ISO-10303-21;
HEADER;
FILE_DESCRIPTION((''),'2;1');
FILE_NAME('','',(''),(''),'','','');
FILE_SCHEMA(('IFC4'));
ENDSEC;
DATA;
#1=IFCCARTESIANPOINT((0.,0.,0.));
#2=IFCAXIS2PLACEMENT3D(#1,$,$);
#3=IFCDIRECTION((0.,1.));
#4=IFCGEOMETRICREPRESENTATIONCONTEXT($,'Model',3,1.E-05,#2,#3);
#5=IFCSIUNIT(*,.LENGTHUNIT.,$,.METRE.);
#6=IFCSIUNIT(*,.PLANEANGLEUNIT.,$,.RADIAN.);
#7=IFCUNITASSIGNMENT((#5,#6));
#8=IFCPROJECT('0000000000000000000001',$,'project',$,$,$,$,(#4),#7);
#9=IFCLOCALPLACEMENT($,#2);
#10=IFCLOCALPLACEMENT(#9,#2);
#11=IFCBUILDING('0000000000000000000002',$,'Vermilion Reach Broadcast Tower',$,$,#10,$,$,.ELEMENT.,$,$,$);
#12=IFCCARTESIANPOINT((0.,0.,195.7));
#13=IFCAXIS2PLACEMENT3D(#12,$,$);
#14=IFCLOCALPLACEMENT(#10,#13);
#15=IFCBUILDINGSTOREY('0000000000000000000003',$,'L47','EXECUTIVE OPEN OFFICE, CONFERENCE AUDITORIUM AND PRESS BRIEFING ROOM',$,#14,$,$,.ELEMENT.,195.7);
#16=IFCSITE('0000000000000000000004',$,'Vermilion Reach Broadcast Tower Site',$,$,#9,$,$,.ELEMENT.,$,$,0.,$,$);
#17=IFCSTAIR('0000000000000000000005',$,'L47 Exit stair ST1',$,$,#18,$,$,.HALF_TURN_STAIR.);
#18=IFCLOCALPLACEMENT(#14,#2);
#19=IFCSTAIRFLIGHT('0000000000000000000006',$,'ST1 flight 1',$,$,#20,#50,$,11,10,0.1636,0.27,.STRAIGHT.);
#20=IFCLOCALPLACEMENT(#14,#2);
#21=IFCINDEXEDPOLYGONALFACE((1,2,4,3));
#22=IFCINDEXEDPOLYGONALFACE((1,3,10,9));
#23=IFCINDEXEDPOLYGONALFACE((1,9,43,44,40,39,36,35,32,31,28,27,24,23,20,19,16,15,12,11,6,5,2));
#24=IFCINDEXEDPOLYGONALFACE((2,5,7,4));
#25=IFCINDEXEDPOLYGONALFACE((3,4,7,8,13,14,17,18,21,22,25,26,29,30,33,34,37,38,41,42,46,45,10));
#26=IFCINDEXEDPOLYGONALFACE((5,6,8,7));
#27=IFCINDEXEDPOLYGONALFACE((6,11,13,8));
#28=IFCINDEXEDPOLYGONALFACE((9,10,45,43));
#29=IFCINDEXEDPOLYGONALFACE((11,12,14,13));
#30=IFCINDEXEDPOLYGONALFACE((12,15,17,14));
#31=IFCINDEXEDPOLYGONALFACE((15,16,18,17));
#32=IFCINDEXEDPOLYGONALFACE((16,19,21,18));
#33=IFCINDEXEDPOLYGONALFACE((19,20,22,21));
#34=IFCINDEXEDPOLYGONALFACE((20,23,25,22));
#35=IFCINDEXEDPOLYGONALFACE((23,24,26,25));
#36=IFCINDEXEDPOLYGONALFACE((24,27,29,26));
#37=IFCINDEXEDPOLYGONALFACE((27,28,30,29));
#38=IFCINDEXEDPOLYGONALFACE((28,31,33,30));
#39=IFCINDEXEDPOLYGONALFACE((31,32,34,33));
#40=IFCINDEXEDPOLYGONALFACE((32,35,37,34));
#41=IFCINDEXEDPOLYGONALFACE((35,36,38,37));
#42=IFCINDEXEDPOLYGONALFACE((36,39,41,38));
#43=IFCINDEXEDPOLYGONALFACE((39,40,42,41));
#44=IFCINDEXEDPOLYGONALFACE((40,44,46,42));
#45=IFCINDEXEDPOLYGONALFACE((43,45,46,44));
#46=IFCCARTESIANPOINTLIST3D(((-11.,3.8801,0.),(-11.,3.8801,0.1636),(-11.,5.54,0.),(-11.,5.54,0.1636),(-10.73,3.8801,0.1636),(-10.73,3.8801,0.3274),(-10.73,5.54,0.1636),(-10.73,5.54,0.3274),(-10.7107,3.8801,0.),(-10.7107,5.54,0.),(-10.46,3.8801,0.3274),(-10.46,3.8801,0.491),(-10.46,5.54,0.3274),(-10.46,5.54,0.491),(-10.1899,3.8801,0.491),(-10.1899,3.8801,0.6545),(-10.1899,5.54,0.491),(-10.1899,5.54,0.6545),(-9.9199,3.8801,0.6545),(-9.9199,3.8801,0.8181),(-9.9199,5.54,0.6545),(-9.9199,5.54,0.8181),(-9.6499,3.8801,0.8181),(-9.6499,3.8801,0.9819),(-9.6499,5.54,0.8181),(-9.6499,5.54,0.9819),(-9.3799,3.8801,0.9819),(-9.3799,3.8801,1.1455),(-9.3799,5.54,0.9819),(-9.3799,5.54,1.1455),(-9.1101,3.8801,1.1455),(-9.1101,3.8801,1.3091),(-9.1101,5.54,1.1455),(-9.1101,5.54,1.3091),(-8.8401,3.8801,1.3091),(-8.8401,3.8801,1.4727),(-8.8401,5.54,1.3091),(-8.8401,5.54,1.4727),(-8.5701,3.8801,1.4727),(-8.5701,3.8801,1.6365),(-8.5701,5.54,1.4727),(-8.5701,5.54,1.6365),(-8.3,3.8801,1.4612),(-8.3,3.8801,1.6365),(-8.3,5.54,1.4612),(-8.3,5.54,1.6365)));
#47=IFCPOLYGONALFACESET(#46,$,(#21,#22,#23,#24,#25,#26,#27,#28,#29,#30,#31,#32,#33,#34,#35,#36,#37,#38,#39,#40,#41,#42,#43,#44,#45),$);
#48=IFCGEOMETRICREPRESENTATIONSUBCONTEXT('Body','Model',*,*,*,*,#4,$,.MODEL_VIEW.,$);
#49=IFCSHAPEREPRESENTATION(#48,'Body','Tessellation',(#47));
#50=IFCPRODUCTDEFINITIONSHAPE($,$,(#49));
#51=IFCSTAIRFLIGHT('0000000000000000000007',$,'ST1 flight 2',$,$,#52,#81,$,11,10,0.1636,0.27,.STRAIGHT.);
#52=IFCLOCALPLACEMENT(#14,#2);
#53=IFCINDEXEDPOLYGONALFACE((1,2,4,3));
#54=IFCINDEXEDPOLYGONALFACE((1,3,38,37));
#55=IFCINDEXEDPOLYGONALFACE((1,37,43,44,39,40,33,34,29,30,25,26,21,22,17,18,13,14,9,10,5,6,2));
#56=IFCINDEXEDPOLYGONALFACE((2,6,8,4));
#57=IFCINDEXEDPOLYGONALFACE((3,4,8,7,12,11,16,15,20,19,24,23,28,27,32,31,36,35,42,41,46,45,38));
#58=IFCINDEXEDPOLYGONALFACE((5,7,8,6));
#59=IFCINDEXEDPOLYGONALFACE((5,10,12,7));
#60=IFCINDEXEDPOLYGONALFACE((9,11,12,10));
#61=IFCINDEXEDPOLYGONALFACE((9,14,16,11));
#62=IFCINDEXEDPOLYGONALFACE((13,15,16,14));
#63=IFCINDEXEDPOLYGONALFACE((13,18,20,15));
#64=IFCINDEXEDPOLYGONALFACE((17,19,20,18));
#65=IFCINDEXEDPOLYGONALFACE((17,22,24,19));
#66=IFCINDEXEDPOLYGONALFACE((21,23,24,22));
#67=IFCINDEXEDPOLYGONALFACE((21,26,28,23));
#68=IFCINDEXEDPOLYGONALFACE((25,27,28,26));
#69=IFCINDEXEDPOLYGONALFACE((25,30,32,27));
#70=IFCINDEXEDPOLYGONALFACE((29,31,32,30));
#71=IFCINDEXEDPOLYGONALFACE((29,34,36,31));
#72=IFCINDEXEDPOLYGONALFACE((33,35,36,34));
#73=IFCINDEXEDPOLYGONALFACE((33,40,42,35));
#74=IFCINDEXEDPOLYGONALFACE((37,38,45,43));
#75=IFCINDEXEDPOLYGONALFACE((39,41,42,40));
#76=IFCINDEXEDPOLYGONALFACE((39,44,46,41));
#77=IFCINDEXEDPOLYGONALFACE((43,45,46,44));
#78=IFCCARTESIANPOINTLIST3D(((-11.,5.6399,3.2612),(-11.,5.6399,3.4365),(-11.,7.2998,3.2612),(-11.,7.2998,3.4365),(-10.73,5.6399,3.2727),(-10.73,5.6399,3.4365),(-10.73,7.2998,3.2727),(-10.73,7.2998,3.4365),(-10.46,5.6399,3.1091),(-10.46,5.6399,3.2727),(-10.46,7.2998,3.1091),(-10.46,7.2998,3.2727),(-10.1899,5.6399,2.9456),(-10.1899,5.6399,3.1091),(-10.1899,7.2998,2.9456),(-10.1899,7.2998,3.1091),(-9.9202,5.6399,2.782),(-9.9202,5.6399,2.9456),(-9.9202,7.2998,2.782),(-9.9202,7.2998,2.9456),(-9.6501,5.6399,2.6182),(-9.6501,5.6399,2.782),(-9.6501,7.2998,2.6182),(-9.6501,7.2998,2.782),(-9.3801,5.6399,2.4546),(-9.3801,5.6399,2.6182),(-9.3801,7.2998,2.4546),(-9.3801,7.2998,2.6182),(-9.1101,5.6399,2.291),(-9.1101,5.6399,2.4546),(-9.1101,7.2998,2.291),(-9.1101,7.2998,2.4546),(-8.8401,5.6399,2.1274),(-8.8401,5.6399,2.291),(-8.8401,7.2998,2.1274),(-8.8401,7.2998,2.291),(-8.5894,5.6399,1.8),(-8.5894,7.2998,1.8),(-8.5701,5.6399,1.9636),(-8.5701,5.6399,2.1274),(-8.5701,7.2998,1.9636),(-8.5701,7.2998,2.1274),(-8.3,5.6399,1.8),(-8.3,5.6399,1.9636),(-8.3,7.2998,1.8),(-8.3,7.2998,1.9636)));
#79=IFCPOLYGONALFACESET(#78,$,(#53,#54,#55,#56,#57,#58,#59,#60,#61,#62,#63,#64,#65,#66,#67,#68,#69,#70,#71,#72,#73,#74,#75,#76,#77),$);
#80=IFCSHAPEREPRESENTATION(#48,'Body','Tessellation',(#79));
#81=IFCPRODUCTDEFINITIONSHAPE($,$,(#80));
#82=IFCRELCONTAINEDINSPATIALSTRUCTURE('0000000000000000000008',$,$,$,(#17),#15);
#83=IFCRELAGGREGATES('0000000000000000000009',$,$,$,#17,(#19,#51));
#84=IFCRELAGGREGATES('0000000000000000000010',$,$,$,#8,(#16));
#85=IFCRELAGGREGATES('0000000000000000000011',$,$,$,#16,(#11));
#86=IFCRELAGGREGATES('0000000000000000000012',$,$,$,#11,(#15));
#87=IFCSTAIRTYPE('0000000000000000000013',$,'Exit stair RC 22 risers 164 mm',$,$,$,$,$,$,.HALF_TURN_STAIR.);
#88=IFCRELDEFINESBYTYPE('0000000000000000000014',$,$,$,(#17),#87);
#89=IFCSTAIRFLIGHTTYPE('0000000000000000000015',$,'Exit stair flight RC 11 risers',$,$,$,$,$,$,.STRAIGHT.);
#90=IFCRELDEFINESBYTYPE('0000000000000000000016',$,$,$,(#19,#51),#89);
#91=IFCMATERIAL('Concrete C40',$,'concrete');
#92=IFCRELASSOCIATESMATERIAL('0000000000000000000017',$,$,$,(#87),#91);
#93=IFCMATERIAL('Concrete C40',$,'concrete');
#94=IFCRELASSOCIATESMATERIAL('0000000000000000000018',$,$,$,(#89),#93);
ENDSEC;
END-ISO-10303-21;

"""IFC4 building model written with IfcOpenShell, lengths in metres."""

from ifc_helpers import new_model, si_unit, direction, frame, origin, place, context, subcontext, project, spatial, polyline, outline, extrude, material, type_object, element, aggregate, save


model = new_model("IFC4")

# Units and contexts
model_context = context("Model", 3, precision=1e-05, world=origin(), true_north=direction((0.0, 1.0)))
body_context = subcontext(model_context, "Body", "Model", "MODEL_VIEW")
ifc_project = project(units=[si_unit("LENGTHUNIT", "METRE"), si_unit("PLANEANGLEUNIT", "RADIAN")], contexts=[model_context])

# Site, building, storey
site_placement = place(None, origin())
site = spatial("IfcSite", under=ifc_project, at=site_placement, Name="Vermilion Reach Broadcast Tower Site", CompositionType="ELEMENT", RefElevation=0.0)
building_placement = place(site_placement, origin())
building = spatial("IfcBuilding", under=site, at=building_placement, Name="Vermilion Reach Broadcast Tower", CompositionType="ELEMENT")
storey_placement = place(building_placement, frame((0.0, 0.0, 195.7)))
storey = spatial("IfcBuildingStorey", under=building, at=storey_placement, Name="L47", Description="EXECUTIVE OPEN OFFICE, CONFERENCE AUDITORIUM AND PRESS BRIEFING ROOM", CompositionType="ELEMENT", Elevation=195.7)

# Stair, stair flights
ifc_material_1 = material(Name="Concrete C40", Category="concrete")
stair_type = type_object("IfcStairType", Name="Exit stair RC 22 risers 164 mm", PredefinedType="HALF_TURN_STAIR", material=ifc_material_1)
stair_placement = place(storey_placement, origin())
stair = element("IfcStair", 1, at=stair_placement, inside=storey, type_object=stair_type, Name="L47 Exit stair ST1", PredefinedType="HALF_TURN_STAIR")
ifc_material_2 = material(Name="Concrete C40", Category="concrete")
stair_flight_type = type_object("IfcStairFlightType", Name="Exit stair flight RC 11 risers", PredefinedType="STRAIGHT", material=ifc_material_2)
stair_flight_1_placement = place(storey_placement, frame((-11.0, 4.71, 0.0), z_axis=(0.0, 0.0, 1.0), x_axis=(1.0, 0.0, 0.0)))
stair_flight_1 = element("IfcStairFlight", 2, at=stair_flight_1_placement, type_object=stair_flight_type, Name="ST1 flight 1", NumberOfRisers=11, NumberOfTreads=10, PredefinedType="STRAIGHT", RiserHeight=0.1636, TreadLength=0.27, context=body_context, shape_type="SweptSolid", body=[
    extrude(outline(polyline([(0.0, 0.0), (0.0, 0.1636), (0.27, 0.1636), (0.27, 0.3274), (0.54, 0.3274), (0.54, 0.491), (0.8101, 0.491), (0.8101, 0.6545), (1.0801, 0.6545), (1.0801, 0.8181), (1.3501, 0.8181), (1.3501, 0.9819), (1.6201, 0.9819), (1.6201, 1.1455), (1.8899, 1.1455), (1.8899, 1.3091), (2.1599, 1.3091), (2.1599, 1.4727), (2.4299, 1.4727), (2.4299, 1.6365), (2.7, 1.6365), (2.7, 1.8), (2.7, 1.4612), (0.2893, 0.0), (0.0, 0.0)])), frame((0.0, 0.8301, 0.0), z_axis=(0.0, -1.0, 0.0), x_axis=(1.0, 0.0, 0.0)), (0.0, 0.0, 1.0), 1.6599),
])
stair_flight_2_placement = place(storey_placement, frame((-8.3, 6.47, 1.8), z_axis=(0.0, 0.0, 1.0), x_axis=(-1.0, 0.0, 0.0)))
stair_flight_2 = element("IfcStairFlight", 3, at=stair_flight_2_placement, type_object=stair_flight_type, Name="ST1 flight 2", NumberOfRisers=11, NumberOfTreads=10, PredefinedType="STRAIGHT", RiserHeight=0.1636, TreadLength=0.27, context=body_context, shape_type="SweptSolid", body=[
    extrude(outline(polyline([(0.0, 0.0), (0.0, 0.1636), (0.27, 0.1636), (0.27, 0.3274), (0.54, 0.3274), (0.54, 0.491), (0.8101, 0.491), (0.8101, 0.6545), (1.0801, 0.6545), (1.0801, 0.8181), (1.3501, 0.8181), (1.3501, 0.9819), (1.6201, 0.9819), (1.6201, 1.1455), (1.8899, 1.1455), (1.8899, 1.3091), (2.1599, 1.3091), (2.1599, 1.4727), (2.4299, 1.4727), (2.4299, 1.6365), (2.7, 1.6365), (2.7, 1.8), (2.7, 1.4612), (0.2893, 0.0), (0.0, 0.0)])), frame((0.0, 0.8301, 0.0), z_axis=(0.0, -1.0, 0.0), x_axis=(1.0, 0.0, 0.0)), (0.0, 0.0, 1.0), 1.6599),
])
aggregate(stair, [stair_flight_1, stair_flight_2])

save(model, "model.ifc")
